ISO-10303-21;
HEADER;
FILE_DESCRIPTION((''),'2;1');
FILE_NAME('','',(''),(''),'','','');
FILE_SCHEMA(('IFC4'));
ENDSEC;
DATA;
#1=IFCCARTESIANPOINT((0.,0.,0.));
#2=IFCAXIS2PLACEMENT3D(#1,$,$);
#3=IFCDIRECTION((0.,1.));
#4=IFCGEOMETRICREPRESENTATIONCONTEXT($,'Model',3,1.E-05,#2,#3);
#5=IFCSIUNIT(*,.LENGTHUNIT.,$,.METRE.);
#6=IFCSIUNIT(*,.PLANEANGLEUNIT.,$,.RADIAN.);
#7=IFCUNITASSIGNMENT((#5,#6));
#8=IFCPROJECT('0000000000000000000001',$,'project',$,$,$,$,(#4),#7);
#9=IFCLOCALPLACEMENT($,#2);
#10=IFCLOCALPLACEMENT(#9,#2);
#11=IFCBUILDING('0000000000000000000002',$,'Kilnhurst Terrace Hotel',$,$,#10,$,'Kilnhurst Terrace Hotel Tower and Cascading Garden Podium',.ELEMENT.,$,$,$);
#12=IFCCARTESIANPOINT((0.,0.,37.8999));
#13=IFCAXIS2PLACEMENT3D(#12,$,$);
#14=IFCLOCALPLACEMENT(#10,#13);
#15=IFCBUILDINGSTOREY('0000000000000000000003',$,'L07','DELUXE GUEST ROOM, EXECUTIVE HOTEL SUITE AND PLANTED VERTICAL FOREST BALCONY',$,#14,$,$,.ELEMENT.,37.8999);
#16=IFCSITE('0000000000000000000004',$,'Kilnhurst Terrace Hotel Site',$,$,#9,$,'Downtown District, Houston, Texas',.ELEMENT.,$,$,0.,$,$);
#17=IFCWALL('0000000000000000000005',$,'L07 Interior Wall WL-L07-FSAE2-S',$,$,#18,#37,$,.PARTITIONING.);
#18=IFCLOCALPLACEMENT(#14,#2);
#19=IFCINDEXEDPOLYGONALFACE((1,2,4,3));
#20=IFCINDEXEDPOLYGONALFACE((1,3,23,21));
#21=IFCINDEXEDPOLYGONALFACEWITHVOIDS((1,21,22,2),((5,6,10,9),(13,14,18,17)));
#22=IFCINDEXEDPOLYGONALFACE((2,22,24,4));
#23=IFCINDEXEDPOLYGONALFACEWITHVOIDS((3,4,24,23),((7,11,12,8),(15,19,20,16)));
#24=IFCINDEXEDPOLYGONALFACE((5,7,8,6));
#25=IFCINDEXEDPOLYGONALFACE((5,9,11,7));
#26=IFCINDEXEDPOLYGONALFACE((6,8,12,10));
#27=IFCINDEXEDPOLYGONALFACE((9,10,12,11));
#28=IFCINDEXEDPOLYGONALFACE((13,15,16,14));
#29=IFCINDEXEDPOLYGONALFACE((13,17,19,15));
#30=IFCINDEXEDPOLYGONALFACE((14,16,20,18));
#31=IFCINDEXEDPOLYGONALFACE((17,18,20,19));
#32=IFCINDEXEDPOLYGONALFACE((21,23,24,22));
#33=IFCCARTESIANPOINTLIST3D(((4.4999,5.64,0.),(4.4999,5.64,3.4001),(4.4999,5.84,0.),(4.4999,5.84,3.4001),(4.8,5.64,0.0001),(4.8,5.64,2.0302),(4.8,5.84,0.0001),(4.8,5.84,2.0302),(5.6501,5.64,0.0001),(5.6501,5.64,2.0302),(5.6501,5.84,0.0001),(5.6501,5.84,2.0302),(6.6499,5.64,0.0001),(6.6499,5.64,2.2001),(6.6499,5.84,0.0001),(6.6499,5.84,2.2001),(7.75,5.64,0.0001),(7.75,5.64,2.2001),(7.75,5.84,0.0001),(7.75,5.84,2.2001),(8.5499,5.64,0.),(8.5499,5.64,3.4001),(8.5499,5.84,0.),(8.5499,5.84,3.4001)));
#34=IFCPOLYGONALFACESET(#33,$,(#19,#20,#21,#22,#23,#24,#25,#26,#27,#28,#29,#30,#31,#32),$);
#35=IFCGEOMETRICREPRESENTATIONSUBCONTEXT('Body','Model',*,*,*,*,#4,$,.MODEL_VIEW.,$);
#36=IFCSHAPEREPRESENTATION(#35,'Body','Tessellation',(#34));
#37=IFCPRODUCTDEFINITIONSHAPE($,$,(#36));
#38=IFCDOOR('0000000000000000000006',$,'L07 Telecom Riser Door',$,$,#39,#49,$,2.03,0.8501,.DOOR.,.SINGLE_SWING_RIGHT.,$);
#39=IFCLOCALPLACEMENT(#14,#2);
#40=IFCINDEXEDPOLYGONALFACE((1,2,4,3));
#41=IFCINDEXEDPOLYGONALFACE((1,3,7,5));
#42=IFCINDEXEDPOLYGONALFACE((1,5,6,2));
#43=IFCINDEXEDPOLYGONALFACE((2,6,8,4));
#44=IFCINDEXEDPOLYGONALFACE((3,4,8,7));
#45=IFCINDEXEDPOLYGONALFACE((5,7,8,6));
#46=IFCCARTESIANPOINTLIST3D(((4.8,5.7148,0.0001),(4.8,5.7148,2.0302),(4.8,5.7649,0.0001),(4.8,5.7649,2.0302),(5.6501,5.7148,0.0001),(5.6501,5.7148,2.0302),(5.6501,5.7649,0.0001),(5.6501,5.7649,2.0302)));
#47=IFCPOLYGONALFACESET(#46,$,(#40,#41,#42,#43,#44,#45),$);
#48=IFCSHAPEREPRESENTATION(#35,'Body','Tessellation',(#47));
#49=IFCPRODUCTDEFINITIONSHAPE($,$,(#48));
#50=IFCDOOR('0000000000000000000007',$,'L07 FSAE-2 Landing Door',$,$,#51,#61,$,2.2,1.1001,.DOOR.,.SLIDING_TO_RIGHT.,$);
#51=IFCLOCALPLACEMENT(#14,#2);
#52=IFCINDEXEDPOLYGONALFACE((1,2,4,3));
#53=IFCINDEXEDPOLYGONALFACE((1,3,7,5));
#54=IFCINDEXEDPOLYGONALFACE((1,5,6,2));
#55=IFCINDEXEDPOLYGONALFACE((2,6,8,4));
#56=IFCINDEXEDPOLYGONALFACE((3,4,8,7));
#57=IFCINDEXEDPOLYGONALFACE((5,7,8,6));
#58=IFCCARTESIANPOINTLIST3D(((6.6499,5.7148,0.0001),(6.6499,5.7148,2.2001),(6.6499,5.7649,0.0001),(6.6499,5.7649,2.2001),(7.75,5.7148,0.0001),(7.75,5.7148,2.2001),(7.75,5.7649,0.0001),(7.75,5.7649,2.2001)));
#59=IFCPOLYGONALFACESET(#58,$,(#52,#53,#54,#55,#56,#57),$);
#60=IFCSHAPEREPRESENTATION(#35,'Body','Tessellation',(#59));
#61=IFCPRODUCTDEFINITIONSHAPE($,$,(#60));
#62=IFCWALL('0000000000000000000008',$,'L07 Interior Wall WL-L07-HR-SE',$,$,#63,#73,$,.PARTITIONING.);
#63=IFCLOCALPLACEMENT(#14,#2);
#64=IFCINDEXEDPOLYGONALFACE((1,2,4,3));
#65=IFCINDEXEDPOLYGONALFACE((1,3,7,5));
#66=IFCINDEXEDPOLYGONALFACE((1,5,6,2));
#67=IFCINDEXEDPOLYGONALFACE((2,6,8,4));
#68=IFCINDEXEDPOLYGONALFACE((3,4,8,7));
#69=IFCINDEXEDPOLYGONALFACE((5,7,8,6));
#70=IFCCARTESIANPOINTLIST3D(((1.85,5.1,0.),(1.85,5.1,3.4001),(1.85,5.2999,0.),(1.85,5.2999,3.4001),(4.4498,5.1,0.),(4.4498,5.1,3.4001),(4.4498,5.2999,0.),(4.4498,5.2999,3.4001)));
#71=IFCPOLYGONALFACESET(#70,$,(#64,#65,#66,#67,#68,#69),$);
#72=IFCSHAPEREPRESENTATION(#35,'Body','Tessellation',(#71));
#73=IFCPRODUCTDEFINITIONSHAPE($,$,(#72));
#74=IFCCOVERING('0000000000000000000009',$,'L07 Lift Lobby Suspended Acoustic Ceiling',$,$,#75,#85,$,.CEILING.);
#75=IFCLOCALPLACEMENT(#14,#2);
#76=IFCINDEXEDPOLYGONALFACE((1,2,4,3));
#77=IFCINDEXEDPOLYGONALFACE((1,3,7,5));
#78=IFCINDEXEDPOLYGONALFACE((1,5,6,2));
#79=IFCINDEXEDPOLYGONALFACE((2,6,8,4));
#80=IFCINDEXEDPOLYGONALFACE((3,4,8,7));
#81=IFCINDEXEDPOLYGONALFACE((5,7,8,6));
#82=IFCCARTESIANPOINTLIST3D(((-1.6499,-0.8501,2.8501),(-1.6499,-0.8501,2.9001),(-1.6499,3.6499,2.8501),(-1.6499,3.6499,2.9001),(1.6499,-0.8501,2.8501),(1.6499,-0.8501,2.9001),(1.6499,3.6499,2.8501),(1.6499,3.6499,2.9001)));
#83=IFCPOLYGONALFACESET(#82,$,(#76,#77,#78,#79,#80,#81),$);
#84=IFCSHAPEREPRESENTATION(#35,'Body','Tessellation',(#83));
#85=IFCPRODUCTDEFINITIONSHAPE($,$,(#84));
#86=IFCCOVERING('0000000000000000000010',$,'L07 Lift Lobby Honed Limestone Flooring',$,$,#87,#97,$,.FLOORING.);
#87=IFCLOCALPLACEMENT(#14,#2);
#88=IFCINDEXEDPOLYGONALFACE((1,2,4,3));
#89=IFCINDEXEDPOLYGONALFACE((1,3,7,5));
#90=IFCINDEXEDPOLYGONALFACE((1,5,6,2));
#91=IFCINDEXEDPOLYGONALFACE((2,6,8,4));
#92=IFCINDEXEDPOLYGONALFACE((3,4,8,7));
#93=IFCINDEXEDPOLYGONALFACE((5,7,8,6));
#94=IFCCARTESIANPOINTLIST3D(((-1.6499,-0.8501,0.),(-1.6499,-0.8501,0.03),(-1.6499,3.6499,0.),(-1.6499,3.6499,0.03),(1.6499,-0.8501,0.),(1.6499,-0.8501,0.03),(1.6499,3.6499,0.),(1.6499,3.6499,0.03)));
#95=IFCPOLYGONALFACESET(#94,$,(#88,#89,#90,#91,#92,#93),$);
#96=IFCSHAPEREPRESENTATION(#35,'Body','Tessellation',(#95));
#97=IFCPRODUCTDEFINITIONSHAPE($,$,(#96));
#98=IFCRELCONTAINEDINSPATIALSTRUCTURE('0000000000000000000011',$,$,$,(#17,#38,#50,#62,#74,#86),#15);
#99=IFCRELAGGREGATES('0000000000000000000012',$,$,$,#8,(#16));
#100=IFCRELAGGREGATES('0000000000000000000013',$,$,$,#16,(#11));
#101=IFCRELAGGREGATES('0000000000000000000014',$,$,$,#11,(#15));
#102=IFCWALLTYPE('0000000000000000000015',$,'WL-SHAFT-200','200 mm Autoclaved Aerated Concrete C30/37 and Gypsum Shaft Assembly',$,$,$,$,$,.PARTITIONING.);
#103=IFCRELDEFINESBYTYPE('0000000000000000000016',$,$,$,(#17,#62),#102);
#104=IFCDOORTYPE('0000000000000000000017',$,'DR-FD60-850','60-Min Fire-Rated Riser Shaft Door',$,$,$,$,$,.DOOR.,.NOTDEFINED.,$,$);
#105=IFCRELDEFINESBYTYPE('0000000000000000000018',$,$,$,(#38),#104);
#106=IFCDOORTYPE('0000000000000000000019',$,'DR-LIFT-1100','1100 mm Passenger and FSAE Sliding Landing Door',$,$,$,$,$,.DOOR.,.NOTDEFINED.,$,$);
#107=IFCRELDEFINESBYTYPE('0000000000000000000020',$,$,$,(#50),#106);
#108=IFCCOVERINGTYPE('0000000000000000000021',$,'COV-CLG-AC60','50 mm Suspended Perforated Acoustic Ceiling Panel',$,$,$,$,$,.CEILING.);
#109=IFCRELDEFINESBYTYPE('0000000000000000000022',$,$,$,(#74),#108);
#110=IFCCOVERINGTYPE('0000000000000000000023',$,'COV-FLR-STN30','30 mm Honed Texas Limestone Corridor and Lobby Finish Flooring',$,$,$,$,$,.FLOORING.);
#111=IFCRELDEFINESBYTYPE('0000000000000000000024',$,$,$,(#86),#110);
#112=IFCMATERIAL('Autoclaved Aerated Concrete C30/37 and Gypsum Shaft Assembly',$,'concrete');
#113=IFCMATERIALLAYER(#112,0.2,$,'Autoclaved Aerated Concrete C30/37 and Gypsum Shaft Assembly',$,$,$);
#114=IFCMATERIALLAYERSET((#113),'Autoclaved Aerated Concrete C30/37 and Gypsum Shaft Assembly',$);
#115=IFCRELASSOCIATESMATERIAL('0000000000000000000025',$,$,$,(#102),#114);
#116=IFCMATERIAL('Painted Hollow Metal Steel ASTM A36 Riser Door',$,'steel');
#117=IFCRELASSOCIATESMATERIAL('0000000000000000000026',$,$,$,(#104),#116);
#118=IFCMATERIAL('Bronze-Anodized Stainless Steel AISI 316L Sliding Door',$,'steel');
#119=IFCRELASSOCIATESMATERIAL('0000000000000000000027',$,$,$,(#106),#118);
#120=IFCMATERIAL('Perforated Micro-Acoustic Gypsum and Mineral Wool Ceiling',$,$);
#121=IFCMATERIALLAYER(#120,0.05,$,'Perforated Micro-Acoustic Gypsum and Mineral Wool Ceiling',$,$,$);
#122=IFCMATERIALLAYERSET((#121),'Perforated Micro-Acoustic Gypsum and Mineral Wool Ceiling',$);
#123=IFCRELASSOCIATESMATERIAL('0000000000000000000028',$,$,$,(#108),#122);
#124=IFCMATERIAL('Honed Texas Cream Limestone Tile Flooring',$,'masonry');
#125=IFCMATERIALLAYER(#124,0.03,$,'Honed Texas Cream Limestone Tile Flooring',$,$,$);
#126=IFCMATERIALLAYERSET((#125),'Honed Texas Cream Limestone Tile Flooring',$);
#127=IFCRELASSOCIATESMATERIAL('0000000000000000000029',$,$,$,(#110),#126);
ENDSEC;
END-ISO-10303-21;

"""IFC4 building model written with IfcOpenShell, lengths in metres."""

from ifc_helpers import new_model, si_unit, direction, frame, frame_2d, origin, place, context, subcontext, project, spatial, polyline, rectangle, outline, extrude, material, layer, layer_set, type_object, element, fill, save


model = new_model("IFC4")

# Units and contexts
model_context = context("Model", 3, precision=1e-05, world=origin(), true_north=direction((0.0, 1.0)))
body_context = subcontext(model_context, "Body", "Model", "MODEL_VIEW")
ifc_project = project(units=[si_unit("LENGTHUNIT", "METRE"), si_unit("PLANEANGLEUNIT", "RADIAN")], contexts=[model_context])

# Site, building, storey
site_placement = place(None, origin())
site = spatial("IfcSite", under=ifc_project, at=site_placement, Name="Kilnhurst Terrace Hotel Site", LongName="Downtown District, Houston, Texas", CompositionType="ELEMENT", RefElevation=0.0)
building_placement = place(site_placement, origin())
building = spatial("IfcBuilding", under=site, at=building_placement, Name="Kilnhurst Terrace Hotel", LongName="Kilnhurst Terrace Hotel Tower and Cascading Garden Podium", CompositionType="ELEMENT")
storey_placement = place(building_placement, frame((0.0, 0.0, 37.8999)))
storey = spatial("IfcBuildingStorey", under=building, at=storey_placement, Name="L07", Description="DELUXE GUEST ROOM, EXECUTIVE HOTEL SUITE AND PLANTED VERTICAL FOREST BALCONY", CompositionType="ELEMENT", Elevation=37.8999)

# Wall, openings, doors
ifc_material_1 = material(Name="Autoclaved Aerated Concrete C30/37 and Gypsum Shaft Assembly", Category="concrete")
ifc_layer_1 = layer(ifc_material_1, 0.2, Name="Autoclaved Aerated Concrete C30/37 and Gypsum Shaft Assembly")
ifc_layer_set_1 = layer_set([ifc_layer_1], Name="Autoclaved Aerated Concrete C30/37 and Gypsum Shaft Assembly")
wall_type_1 = type_object("IfcWallType", Name="WL-SHAFT-200", Description="200 mm Autoclaved Aerated Concrete C30/37 and Gypsum Shaft Assembly", PredefinedType="PARTITIONING", material=ifc_layer_set_1)
wall_1_placement = place(storey_placement, frame((4.5, 5.74, 0.0), z_axis=(0.0, 0.0, 1.0), x_axis=(1.0, 0.0, 0.0)))
wall_1 = element("IfcWall", 1, at=wall_1_placement, inside=storey, type_object=wall_type_1, Name="L07 Interior Wall WL-L07-FSAE2-S", PredefinedType="PARTITIONING", context=body_context, shape_type="SweptSolid", body=[
    extrude(rectangle(XDim=4.05, YDim=0.2, at=frame_2d((2.0249, 0.0))), origin(), (0.0, 0.0, 1.0), 3.4001),
])
opening_1_placement = place(wall_1_placement, frame((0.3, 0.0, 0.0)))
opening_1 = element("IfcOpeningElement", 2, at=opening_1_placement, cuts=wall_1, PredefinedType="OPENING", context=body_context, shape_type="SweptSolid", body=[
    extrude(rectangle(XDim=0.8501, YDim=2.03, at=frame_2d((0.425, 1.0151))), frame((0.0, 0.1099, 0.0), z_axis=(0.0, -1.0, 0.0), x_axis=(1.0, 0.0, 0.0)), (0.0, 0.0, 1.0), 0.22),
])
opening_2_placement = place(wall_1_placement, frame((2.1499, 0.0, 0.0)))
opening_2 = element("IfcOpeningElement", 3, at=opening_2_placement, cuts=wall_1, PredefinedType="OPENING", context=body_context, shape_type="SweptSolid", body=[
    extrude(rectangle(XDim=1.1001, YDim=2.2, at=frame_2d((0.55, 1.1001))), frame((0.0, 0.1099, 0.0), z_axis=(0.0, -1.0, 0.0), x_axis=(1.0, 0.0, 0.0)), (0.0, 0.0, 1.0), 0.22),
])
ifc_material_2 = material(Name="Painted Hollow Metal Steel ASTM A36 Riser Door", Category="steel")
door_type_1 = type_object("IfcDoorType", Name="DR-FD60-850", Description="60-Min Fire-Rated Riser Shaft Door", OperationType="NOTDEFINED", PredefinedType="DOOR", material=ifc_material_2)
door_1_placement = place(opening_1_placement, origin())
door_1 = element("IfcDoor", 4, at=door_1_placement, inside=storey, type_object=door_type_1, Name="L07 Telecom Riser Door", OperationType="SINGLE_SWING_RIGHT", OverallHeight=2.03, OverallWidth=0.8501, PredefinedType="DOOR", context=body_context, shape_type="SweptSolid", body=[
    extrude(rectangle(XDim=0.8501, YDim=2.03, at=frame_2d((0.425, 1.0151))), frame((0.0, 0.0249, 0.0), z_axis=(0.0, -1.0, 0.0), x_axis=(1.0, 0.0, 0.0)), (0.0, 0.0, 1.0), 0.05),
])
fill(opening_1, door_1)
ifc_material_3 = material(Name="Bronze-Anodized Stainless Steel AISI 316L Sliding Door", Category="steel")
door_type_2 = type_object("IfcDoorType", Name="DR-LIFT-1100", Description="1100 mm Passenger and FSAE Sliding Landing Door", OperationType="NOTDEFINED", PredefinedType="DOOR", material=ifc_material_3)
door_2_placement = place(opening_2_placement, origin())
door_2 = element("IfcDoor", 5, at=door_2_placement, inside=storey, type_object=door_type_2, Name="L07 FSAE-2 Landing Door", OperationType="SLIDING_TO_RIGHT", OverallHeight=2.2, OverallWidth=1.1001, PredefinedType="DOOR", context=body_context, shape_type="SweptSolid", body=[
    extrude(rectangle(XDim=1.1001, YDim=2.2, at=frame_2d((0.55, 1.1001))), frame((0.0, 0.0249, 0.0), z_axis=(0.0, -1.0, 0.0), x_axis=(1.0, 0.0, 0.0)), (0.0, 0.0, 1.0), 0.05),
])
fill(opening_2, door_2)

# Wall
wall_2_placement = place(storey_placement, frame((1.8501, 5.2, 0.0), z_axis=(0.0, 0.0, 1.0), x_axis=(1.0, 0.0, 0.0)))
element("IfcWall", 6, at=wall_2_placement, inside=storey, type_object=wall_type_1, Name="L07 Interior Wall WL-L07-HR-SE", PredefinedType="PARTITIONING", context=body_context, shape_type="SweptSolid", body=[
    extrude(rectangle(XDim=2.5999, YDim=0.2, at=frame_2d((1.2998, 0.0))), origin(), (0.0, 0.0, 1.0), 3.4001),
])

# Coverings
ifc_material_4 = material(Name="Perforated Micro-Acoustic Gypsum and Mineral Wool Ceiling")
ifc_layer_2 = layer(ifc_material_4, 0.05, Name="Perforated Micro-Acoustic Gypsum and Mineral Wool Ceiling")
ifc_layer_set_2 = layer_set([ifc_layer_2], Name="Perforated Micro-Acoustic Gypsum and Mineral Wool Ceiling")
covering_type_1 = type_object("IfcCoveringType", Name="COV-CLG-AC60", Description="50 mm Suspended Perforated Acoustic Ceiling Panel", PredefinedType="CEILING", material=ifc_layer_set_2)
covering_1_placement = place(storey_placement, frame((0.0, 0.0, 2.8501)))
element("IfcCovering", 7, at=covering_1_placement, inside=storey, type_object=covering_type_1, Name="L07 Lift Lobby Suspended Acoustic Ceiling", PredefinedType="CEILING", context=body_context, shape_type="SweptSolid", body=[
    extrude(outline(polyline([(-1.6499, -0.8501), (1.6499, -0.8501), (1.6499, 3.6499), (-1.6499, 3.6499), (-1.6499, -0.8501)])), origin(), (0.0, 0.0, 1.0), 0.05),
])
ifc_material_5 = material(Name="Honed Texas Cream Limestone Tile Flooring", Category="masonry")
ifc_layer_3 = layer(ifc_material_5, 0.03, Name="Honed Texas Cream Limestone Tile Flooring")
ifc_layer_set_3 = layer_set([ifc_layer_3], Name="Honed Texas Cream Limestone Tile Flooring")
covering_type_2 = type_object("IfcCoveringType", Name="COV-FLR-STN30", Description="30 mm Honed Texas Limestone Corridor and Lobby Finish Flooring", PredefinedType="FLOORING", material=ifc_layer_set_3)
covering_2_placement = place(storey_placement, origin())
element("IfcCovering", 8, at=covering_2_placement, inside=storey, type_object=covering_type_2, Name="L07 Lift Lobby Honed Limestone Flooring", PredefinedType="FLOORING", context=body_context, shape_type="SweptSolid", body=[
    extrude(outline(polyline([(-1.6499, -0.8501), (1.6499, -0.8501), (1.6499, 3.6499), (-1.6499, 3.6499), (-1.6499, -0.8501)])), origin(), (0.0, 0.0, 1.0), 0.03),
])

save(model, "model.ifc")
